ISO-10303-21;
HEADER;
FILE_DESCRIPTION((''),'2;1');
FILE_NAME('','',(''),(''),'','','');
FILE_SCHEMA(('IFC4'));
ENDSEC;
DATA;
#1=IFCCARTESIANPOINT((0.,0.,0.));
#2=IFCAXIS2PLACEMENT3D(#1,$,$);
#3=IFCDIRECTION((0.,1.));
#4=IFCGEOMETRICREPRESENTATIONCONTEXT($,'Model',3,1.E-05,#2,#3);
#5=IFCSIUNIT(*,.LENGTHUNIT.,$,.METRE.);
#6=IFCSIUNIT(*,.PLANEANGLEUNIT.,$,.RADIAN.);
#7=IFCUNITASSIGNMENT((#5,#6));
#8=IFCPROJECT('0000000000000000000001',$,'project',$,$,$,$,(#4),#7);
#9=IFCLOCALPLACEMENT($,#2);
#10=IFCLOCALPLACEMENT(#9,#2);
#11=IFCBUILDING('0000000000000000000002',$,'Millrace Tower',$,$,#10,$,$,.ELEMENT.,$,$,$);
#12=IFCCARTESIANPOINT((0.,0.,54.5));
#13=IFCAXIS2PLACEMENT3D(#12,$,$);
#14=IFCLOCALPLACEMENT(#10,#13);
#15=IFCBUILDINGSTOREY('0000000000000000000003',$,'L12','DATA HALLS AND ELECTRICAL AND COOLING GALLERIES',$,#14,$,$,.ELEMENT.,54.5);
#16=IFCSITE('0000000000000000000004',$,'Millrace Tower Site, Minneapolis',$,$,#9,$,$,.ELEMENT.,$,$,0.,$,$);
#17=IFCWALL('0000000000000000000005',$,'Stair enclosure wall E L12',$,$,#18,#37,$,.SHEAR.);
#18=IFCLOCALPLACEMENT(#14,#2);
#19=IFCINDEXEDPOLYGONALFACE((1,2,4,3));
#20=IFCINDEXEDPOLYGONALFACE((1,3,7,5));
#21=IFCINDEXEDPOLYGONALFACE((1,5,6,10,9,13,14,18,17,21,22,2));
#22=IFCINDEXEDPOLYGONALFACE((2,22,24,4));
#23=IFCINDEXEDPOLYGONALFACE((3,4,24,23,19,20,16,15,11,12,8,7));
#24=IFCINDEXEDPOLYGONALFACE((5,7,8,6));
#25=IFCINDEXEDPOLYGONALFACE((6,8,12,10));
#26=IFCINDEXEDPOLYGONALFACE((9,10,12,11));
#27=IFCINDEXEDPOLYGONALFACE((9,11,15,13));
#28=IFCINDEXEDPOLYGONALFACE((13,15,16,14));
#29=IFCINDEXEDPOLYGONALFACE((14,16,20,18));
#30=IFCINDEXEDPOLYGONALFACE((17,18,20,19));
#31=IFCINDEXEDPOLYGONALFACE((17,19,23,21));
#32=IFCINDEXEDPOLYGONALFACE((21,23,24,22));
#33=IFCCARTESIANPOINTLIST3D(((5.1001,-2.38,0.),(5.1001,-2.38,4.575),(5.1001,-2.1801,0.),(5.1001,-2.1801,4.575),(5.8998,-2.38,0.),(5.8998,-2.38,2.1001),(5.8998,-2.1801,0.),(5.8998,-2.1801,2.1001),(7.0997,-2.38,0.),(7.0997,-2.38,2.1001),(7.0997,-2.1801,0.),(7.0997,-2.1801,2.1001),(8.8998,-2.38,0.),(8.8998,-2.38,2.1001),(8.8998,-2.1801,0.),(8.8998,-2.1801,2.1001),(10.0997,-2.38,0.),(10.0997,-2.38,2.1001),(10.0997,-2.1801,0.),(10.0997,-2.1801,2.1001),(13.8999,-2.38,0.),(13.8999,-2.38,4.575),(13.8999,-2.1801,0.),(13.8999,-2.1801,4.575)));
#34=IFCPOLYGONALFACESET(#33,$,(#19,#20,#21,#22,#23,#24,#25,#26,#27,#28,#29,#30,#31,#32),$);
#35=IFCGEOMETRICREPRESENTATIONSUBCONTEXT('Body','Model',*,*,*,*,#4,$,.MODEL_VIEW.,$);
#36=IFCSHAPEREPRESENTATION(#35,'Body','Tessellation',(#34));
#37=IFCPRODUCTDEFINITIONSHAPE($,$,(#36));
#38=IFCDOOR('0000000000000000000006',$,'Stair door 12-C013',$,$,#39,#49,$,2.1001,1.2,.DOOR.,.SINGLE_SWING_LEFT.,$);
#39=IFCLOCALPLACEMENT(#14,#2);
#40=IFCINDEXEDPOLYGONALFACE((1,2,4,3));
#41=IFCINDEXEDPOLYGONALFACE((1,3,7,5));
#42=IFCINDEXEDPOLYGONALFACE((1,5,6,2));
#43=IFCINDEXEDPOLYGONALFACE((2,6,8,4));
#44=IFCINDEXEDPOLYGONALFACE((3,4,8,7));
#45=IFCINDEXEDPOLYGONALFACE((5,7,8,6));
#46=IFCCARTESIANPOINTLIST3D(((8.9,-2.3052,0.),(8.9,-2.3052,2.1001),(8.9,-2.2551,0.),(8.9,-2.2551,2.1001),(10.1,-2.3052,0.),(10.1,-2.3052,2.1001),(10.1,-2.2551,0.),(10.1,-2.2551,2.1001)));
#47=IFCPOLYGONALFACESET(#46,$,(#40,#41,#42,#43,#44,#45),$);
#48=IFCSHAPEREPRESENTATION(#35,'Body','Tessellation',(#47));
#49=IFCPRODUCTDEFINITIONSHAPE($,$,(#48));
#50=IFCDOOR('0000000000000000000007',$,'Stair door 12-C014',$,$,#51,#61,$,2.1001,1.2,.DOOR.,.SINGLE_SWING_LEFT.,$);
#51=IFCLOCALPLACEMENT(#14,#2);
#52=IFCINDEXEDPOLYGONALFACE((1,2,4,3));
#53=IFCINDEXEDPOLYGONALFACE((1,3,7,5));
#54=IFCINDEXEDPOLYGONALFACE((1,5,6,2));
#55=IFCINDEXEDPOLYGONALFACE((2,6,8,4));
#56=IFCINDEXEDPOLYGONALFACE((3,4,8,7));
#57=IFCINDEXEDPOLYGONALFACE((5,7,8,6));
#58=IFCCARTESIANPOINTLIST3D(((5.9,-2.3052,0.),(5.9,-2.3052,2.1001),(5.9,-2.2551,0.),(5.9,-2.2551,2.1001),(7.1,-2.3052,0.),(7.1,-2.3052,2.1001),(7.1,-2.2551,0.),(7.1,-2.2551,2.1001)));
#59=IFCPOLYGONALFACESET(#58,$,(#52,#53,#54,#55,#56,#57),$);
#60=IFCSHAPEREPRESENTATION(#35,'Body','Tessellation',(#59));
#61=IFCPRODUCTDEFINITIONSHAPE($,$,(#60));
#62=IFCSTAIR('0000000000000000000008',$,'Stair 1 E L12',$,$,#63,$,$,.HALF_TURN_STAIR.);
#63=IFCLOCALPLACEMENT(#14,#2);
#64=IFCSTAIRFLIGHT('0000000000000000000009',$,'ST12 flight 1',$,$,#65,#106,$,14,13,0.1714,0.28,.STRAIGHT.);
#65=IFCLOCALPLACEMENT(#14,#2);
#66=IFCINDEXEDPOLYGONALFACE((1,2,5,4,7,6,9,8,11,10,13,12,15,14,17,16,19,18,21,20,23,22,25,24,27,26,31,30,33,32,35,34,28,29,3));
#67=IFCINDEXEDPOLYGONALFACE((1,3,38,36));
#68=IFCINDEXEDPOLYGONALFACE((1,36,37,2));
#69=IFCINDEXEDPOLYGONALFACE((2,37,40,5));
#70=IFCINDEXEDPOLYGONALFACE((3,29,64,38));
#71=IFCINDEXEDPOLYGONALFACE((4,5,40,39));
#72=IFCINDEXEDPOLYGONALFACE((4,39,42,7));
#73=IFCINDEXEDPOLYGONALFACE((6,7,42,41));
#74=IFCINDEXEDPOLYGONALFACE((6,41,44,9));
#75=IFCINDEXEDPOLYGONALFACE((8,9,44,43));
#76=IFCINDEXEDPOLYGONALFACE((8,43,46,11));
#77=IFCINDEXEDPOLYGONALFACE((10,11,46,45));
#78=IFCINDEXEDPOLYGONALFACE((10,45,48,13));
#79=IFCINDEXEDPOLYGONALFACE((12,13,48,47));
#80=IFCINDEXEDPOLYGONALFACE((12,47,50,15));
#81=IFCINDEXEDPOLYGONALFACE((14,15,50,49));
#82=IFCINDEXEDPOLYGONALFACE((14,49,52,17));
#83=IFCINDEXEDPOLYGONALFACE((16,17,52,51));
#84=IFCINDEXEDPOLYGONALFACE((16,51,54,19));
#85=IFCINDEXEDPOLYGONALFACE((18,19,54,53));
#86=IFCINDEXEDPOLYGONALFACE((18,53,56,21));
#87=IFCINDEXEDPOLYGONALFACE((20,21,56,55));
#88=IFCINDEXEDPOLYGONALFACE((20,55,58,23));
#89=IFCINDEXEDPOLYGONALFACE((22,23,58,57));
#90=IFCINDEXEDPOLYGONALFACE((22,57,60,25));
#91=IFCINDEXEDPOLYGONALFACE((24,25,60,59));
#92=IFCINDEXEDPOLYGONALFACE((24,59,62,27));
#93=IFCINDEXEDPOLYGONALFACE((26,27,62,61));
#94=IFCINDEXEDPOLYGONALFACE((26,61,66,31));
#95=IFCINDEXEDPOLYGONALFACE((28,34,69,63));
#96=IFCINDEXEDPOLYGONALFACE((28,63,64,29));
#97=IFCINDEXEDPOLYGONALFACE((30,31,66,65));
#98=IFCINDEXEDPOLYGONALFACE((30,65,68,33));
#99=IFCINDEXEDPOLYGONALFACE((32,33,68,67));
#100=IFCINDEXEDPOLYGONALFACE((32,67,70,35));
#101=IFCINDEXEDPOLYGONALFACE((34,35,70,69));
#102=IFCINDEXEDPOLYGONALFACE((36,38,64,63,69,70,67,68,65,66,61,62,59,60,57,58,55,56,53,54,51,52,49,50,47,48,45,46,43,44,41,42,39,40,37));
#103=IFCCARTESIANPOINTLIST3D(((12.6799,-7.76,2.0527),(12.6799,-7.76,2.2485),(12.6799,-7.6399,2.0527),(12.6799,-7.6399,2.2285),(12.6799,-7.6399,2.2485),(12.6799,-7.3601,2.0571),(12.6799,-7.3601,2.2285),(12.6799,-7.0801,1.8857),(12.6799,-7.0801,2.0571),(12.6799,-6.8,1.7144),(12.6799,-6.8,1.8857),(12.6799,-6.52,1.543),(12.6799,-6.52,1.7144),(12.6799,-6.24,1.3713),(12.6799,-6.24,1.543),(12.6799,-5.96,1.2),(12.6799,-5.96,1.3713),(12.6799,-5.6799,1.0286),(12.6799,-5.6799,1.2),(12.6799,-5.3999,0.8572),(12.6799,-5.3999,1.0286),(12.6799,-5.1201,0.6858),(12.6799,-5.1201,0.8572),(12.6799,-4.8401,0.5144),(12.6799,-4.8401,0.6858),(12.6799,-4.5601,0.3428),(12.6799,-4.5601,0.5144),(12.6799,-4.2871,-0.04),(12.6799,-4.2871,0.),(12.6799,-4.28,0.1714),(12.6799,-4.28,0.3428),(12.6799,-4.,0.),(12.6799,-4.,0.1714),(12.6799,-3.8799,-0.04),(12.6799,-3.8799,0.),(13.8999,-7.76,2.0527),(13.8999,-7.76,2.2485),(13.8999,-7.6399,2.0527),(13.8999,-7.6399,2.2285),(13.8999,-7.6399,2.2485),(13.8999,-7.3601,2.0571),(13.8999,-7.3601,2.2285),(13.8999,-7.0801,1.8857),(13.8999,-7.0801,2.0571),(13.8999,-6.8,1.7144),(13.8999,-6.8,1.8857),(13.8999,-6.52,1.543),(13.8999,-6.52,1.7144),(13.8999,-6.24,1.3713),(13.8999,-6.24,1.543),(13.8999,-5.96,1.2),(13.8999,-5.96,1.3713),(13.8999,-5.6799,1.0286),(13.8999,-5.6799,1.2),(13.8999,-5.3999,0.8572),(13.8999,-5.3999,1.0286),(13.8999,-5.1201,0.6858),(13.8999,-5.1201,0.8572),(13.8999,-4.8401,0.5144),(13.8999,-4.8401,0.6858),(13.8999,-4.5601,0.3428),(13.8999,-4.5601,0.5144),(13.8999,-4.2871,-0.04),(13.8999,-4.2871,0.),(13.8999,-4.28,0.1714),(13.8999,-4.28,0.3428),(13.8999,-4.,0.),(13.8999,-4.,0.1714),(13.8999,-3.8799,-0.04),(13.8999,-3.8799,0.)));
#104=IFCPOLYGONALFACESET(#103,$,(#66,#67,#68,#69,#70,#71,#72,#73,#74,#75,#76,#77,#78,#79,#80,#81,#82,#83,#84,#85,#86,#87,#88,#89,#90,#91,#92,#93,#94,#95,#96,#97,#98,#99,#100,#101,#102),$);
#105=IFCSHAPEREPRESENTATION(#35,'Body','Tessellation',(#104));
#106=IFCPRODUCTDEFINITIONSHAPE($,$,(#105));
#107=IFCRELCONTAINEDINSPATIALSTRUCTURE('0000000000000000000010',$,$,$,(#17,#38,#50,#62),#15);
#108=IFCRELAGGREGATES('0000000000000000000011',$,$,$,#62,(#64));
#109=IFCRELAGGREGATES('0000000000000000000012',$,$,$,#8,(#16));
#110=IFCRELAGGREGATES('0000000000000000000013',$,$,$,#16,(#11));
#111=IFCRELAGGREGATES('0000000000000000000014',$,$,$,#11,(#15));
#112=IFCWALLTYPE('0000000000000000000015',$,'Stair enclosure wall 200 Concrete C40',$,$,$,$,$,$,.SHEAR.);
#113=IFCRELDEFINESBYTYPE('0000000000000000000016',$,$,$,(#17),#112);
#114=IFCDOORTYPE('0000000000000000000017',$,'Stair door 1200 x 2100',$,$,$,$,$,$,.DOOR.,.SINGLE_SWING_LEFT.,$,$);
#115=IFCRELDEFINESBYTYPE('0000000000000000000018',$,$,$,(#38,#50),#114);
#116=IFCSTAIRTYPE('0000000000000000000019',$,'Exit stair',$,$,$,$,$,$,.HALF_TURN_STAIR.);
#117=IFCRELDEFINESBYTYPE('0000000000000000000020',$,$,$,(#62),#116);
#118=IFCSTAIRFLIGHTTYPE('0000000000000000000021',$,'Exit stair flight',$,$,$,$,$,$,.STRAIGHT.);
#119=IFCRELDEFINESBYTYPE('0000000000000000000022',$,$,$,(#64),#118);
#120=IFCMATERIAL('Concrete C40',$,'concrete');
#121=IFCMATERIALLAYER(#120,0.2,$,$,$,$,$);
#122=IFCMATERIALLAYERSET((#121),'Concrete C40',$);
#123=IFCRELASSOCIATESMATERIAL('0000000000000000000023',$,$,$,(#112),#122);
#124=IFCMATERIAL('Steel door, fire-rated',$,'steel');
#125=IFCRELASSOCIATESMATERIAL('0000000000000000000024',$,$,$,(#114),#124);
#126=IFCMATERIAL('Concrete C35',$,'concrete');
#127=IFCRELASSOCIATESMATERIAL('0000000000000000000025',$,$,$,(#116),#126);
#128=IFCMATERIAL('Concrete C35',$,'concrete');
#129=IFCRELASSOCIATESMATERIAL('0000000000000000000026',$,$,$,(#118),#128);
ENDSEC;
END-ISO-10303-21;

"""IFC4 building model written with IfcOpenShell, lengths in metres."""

from ifc_helpers import new_model, si_unit, direction, frame, frame_2d, origin, place, context, subcontext, project, spatial, polyline, rectangle, outline, extrude, material, layer, layer_set, type_object, element, fill, aggregate, save


model = new_model("IFC4")

# Units and contexts
model_context = context("Model", 3, precision=1e-05, world=origin(), true_north=direction((0.0, 1.0)))
body_context = subcontext(model_context, "Body", "Model", "MODEL_VIEW")
ifc_project = project(units=[si_unit("LENGTHUNIT", "METRE"), si_unit("PLANEANGLEUNIT", "RADIAN")], contexts=[model_context])

# Site, building, storey
site_placement = place(None, origin())
site = spatial("IfcSite", under=ifc_project, at=site_placement, Name="Millrace Tower Site, Minneapolis", CompositionType="ELEMENT", RefElevation=0.0)
building_placement = place(site_placement, origin())
building = spatial("IfcBuilding", under=site, at=building_placement, Name="Millrace Tower", CompositionType="ELEMENT")
storey_placement = place(building_placement, frame((0.0, 0.0, 54.5)))
storey = spatial("IfcBuildingStorey", under=building, at=storey_placement, Name="L12", Description="DATA HALLS AND ELECTRICAL AND COOLING GALLERIES", CompositionType="ELEMENT", Elevation=54.5)

# Shared definitions
placement = place(storey_placement, origin())

# Shared definitions
ifc_material_1 = material(Name="Concrete C40", Category="concrete")
ifc_layer_1 = layer(ifc_material_1, 0.2)
ifc_layer_set_1 = layer_set([ifc_layer_1], Name="Concrete C40")
wall_type_1 = type_object("IfcWallType", Name="Stair enclosure wall 200 Concrete C40", PredefinedType="SHEAR", material=ifc_layer_set_1)

# Wall, openings, doors
wall_1_placement = place(storey_placement, frame((13.8999, -2.28, 0.0), z_axis=(0.0, 0.0, 1.0), x_axis=(-1.0, 0.0, 0.0)))
wall_1 = element("IfcWall", 1, at=wall_1_placement, inside=storey, type_object=wall_type_1, Name="Stair enclosure wall E L12", PredefinedType="SHEAR", context=body_context, shape_type="SweptSolid", body=[
    extrude(rectangle(XDim=8.7998, YDim=0.2, at=frame_2d((4.3999, 0.0))), origin(), (0.0, 0.0, 1.0), 4.575),
])
opening_1_placement = place(wall_1_placement, frame((3.8, 0.0, 0.0)))
opening_1 = element("IfcOpeningElement", 2, at=opening_1_placement, cuts=wall_1, PredefinedType="OPENING", context=body_context, shape_type="SweptSolid", body=[
    extrude(rectangle(XDim=1.2, YDim=2.1001, at=frame_2d((0.6001, 1.05))), frame((0.0, 0.1099, 0.0), z_axis=(0.0, -1.0, 0.0), x_axis=(1.0, 0.0, 0.0)), (0.0, 0.0, 1.0), 0.22),
])
opening_2_placement = place(wall_1_placement, frame((6.8, 0.0, 0.0)))
opening_2 = element("IfcOpeningElement", 3, at=opening_2_placement, cuts=wall_1, PredefinedType="OPENING", context=body_context, shape_type="SweptSolid", body=[
    extrude(rectangle(XDim=1.2, YDim=2.1001, at=frame_2d((0.6001, 1.05))), frame((0.0, 0.1099, 0.0), z_axis=(0.0, -1.0, 0.0), x_axis=(1.0, 0.0, 0.0)), (0.0, 0.0, 1.0), 0.22),
])
ifc_material_2 = material(Name="Steel door, fire-rated", Category="steel")
door_type_1 = type_object("IfcDoorType", Name="Stair door 1200 x 2100", OperationType="SINGLE_SWING_LEFT", PredefinedType="DOOR", material=ifc_material_2)
door_1_placement = place(opening_1_placement, frame((1.2, 0.0, 0.0), z_axis=(0.0, 0.0, 1.0), x_axis=(-1.0, 0.0, 0.0)))
door_1 = element("IfcDoor", 4, at=door_1_placement, inside=storey, type_object=door_type_1, Name="Stair door 12-C013", OperationType="SINGLE_SWING_LEFT", OverallHeight=2.1001, OverallWidth=1.2, PredefinedType="DOOR", context=body_context, shape_type="SweptSolid", body=[
    extrude(rectangle(XDim=1.2, YDim=2.1001, at=frame_2d((0.6001, 1.05))), frame((0.0, 0.0249, 0.0), z_axis=(0.0, -1.0, 0.0), x_axis=(1.0, 0.0, 0.0)), (0.0, 0.0, 1.0), 0.05),
])
fill(opening_1, door_1)
door_2_placement = place(opening_2_placement, frame((1.2, 0.0, 0.0), z_axis=(0.0, 0.0, 1.0), x_axis=(-1.0, 0.0, 0.0)))
door_2 = element("IfcDoor", 5, at=door_2_placement, inside=storey, type_object=door_type_1, Name="Stair door 12-C014", OperationType="SINGLE_SWING_LEFT", OverallHeight=2.1001, OverallWidth=1.2, PredefinedType="DOOR", context=body_context, shape_type="SweptSolid", body=[
    extrude(rectangle(XDim=1.2, YDim=2.1001, at=frame_2d((0.6001, 1.05))), frame((0.0, 0.0249, 0.0), z_axis=(0.0, -1.0, 0.0), x_axis=(1.0, 0.0, 0.0)), (0.0, 0.0, 1.0), 0.05),
])
fill(opening_2, door_2)

# Stair, stair flight
ifc_material_3 = material(Name="Concrete C35", Category="concrete")
stair_type = type_object("IfcStairType", Name="Exit stair", PredefinedType="HALF_TURN_STAIR", material=ifc_material_3)
stair = element("IfcStair", 6, at=placement, inside=storey, type_object=stair_type, Name="Stair 1 E L12", PredefinedType="HALF_TURN_STAIR")
ifc_material_4 = material(Name="Concrete C35", Category="concrete")
stair_flight_type = type_object("IfcStairFlightType", Name="Exit stair flight", PredefinedType="STRAIGHT", material=ifc_material_4)
stair_flight_placement = place(storey_placement, frame((13.29, -4.0, 0.0), z_axis=(0.0, 0.0, 1.0), x_axis=(0.0, -1.0, 0.0)))
stair_flight = element("IfcStairFlight", 7, at=stair_flight_placement, type_object=stair_flight_type, Name="ST12 flight 1", NumberOfRisers=14, NumberOfTreads=13, PredefinedType="STRAIGHT", RiserHeight=0.1714, TreadLength=0.28, context=body_context, shape_type="SweptSolid", body=[
    extrude(outline(polyline([(-0.1201, -0.04), (-0.1201, 0.0), (0.0, 0.0), (0.0, 0.1714), (0.28, 0.1714), (0.28, 0.3428), (0.5601, 0.3428), (0.5601, 0.5144), (0.8401, 0.5144), (0.8401, 0.6858), (1.1201, 0.6858), (1.1201, 0.8572), (1.3999, 0.8572), (1.3999, 1.0286), (1.6799, 1.0286), (1.6799, 1.2), (1.96, 1.2), (1.96, 1.3713), (2.24, 1.3713), (2.24, 1.543), (2.52, 1.543), (2.52, 1.7144), (2.8, 1.7144), (2.8, 1.8857), (3.0801, 1.8857), (3.0801, 2.0571), (3.3601, 2.0571), (3.3601, 2.2285), (3.6399, 2.2285), (3.6399, 2.2485), (3.76, 2.2485), (3.76, 2.0527), (3.6399, 2.0527), (0.2871, 0.0), (0.2871, -0.04), (-0.1201, -0.04)])), frame((0.0, 0.6099, 0.0), z_axis=(0.0, -1.0, 0.0), x_axis=(1.0, 0.0, 0.0)), (0.0, 0.0, 1.0), 1.22),
])
aggregate(stair, [stair_flight])

save(model, "model.ifc")
